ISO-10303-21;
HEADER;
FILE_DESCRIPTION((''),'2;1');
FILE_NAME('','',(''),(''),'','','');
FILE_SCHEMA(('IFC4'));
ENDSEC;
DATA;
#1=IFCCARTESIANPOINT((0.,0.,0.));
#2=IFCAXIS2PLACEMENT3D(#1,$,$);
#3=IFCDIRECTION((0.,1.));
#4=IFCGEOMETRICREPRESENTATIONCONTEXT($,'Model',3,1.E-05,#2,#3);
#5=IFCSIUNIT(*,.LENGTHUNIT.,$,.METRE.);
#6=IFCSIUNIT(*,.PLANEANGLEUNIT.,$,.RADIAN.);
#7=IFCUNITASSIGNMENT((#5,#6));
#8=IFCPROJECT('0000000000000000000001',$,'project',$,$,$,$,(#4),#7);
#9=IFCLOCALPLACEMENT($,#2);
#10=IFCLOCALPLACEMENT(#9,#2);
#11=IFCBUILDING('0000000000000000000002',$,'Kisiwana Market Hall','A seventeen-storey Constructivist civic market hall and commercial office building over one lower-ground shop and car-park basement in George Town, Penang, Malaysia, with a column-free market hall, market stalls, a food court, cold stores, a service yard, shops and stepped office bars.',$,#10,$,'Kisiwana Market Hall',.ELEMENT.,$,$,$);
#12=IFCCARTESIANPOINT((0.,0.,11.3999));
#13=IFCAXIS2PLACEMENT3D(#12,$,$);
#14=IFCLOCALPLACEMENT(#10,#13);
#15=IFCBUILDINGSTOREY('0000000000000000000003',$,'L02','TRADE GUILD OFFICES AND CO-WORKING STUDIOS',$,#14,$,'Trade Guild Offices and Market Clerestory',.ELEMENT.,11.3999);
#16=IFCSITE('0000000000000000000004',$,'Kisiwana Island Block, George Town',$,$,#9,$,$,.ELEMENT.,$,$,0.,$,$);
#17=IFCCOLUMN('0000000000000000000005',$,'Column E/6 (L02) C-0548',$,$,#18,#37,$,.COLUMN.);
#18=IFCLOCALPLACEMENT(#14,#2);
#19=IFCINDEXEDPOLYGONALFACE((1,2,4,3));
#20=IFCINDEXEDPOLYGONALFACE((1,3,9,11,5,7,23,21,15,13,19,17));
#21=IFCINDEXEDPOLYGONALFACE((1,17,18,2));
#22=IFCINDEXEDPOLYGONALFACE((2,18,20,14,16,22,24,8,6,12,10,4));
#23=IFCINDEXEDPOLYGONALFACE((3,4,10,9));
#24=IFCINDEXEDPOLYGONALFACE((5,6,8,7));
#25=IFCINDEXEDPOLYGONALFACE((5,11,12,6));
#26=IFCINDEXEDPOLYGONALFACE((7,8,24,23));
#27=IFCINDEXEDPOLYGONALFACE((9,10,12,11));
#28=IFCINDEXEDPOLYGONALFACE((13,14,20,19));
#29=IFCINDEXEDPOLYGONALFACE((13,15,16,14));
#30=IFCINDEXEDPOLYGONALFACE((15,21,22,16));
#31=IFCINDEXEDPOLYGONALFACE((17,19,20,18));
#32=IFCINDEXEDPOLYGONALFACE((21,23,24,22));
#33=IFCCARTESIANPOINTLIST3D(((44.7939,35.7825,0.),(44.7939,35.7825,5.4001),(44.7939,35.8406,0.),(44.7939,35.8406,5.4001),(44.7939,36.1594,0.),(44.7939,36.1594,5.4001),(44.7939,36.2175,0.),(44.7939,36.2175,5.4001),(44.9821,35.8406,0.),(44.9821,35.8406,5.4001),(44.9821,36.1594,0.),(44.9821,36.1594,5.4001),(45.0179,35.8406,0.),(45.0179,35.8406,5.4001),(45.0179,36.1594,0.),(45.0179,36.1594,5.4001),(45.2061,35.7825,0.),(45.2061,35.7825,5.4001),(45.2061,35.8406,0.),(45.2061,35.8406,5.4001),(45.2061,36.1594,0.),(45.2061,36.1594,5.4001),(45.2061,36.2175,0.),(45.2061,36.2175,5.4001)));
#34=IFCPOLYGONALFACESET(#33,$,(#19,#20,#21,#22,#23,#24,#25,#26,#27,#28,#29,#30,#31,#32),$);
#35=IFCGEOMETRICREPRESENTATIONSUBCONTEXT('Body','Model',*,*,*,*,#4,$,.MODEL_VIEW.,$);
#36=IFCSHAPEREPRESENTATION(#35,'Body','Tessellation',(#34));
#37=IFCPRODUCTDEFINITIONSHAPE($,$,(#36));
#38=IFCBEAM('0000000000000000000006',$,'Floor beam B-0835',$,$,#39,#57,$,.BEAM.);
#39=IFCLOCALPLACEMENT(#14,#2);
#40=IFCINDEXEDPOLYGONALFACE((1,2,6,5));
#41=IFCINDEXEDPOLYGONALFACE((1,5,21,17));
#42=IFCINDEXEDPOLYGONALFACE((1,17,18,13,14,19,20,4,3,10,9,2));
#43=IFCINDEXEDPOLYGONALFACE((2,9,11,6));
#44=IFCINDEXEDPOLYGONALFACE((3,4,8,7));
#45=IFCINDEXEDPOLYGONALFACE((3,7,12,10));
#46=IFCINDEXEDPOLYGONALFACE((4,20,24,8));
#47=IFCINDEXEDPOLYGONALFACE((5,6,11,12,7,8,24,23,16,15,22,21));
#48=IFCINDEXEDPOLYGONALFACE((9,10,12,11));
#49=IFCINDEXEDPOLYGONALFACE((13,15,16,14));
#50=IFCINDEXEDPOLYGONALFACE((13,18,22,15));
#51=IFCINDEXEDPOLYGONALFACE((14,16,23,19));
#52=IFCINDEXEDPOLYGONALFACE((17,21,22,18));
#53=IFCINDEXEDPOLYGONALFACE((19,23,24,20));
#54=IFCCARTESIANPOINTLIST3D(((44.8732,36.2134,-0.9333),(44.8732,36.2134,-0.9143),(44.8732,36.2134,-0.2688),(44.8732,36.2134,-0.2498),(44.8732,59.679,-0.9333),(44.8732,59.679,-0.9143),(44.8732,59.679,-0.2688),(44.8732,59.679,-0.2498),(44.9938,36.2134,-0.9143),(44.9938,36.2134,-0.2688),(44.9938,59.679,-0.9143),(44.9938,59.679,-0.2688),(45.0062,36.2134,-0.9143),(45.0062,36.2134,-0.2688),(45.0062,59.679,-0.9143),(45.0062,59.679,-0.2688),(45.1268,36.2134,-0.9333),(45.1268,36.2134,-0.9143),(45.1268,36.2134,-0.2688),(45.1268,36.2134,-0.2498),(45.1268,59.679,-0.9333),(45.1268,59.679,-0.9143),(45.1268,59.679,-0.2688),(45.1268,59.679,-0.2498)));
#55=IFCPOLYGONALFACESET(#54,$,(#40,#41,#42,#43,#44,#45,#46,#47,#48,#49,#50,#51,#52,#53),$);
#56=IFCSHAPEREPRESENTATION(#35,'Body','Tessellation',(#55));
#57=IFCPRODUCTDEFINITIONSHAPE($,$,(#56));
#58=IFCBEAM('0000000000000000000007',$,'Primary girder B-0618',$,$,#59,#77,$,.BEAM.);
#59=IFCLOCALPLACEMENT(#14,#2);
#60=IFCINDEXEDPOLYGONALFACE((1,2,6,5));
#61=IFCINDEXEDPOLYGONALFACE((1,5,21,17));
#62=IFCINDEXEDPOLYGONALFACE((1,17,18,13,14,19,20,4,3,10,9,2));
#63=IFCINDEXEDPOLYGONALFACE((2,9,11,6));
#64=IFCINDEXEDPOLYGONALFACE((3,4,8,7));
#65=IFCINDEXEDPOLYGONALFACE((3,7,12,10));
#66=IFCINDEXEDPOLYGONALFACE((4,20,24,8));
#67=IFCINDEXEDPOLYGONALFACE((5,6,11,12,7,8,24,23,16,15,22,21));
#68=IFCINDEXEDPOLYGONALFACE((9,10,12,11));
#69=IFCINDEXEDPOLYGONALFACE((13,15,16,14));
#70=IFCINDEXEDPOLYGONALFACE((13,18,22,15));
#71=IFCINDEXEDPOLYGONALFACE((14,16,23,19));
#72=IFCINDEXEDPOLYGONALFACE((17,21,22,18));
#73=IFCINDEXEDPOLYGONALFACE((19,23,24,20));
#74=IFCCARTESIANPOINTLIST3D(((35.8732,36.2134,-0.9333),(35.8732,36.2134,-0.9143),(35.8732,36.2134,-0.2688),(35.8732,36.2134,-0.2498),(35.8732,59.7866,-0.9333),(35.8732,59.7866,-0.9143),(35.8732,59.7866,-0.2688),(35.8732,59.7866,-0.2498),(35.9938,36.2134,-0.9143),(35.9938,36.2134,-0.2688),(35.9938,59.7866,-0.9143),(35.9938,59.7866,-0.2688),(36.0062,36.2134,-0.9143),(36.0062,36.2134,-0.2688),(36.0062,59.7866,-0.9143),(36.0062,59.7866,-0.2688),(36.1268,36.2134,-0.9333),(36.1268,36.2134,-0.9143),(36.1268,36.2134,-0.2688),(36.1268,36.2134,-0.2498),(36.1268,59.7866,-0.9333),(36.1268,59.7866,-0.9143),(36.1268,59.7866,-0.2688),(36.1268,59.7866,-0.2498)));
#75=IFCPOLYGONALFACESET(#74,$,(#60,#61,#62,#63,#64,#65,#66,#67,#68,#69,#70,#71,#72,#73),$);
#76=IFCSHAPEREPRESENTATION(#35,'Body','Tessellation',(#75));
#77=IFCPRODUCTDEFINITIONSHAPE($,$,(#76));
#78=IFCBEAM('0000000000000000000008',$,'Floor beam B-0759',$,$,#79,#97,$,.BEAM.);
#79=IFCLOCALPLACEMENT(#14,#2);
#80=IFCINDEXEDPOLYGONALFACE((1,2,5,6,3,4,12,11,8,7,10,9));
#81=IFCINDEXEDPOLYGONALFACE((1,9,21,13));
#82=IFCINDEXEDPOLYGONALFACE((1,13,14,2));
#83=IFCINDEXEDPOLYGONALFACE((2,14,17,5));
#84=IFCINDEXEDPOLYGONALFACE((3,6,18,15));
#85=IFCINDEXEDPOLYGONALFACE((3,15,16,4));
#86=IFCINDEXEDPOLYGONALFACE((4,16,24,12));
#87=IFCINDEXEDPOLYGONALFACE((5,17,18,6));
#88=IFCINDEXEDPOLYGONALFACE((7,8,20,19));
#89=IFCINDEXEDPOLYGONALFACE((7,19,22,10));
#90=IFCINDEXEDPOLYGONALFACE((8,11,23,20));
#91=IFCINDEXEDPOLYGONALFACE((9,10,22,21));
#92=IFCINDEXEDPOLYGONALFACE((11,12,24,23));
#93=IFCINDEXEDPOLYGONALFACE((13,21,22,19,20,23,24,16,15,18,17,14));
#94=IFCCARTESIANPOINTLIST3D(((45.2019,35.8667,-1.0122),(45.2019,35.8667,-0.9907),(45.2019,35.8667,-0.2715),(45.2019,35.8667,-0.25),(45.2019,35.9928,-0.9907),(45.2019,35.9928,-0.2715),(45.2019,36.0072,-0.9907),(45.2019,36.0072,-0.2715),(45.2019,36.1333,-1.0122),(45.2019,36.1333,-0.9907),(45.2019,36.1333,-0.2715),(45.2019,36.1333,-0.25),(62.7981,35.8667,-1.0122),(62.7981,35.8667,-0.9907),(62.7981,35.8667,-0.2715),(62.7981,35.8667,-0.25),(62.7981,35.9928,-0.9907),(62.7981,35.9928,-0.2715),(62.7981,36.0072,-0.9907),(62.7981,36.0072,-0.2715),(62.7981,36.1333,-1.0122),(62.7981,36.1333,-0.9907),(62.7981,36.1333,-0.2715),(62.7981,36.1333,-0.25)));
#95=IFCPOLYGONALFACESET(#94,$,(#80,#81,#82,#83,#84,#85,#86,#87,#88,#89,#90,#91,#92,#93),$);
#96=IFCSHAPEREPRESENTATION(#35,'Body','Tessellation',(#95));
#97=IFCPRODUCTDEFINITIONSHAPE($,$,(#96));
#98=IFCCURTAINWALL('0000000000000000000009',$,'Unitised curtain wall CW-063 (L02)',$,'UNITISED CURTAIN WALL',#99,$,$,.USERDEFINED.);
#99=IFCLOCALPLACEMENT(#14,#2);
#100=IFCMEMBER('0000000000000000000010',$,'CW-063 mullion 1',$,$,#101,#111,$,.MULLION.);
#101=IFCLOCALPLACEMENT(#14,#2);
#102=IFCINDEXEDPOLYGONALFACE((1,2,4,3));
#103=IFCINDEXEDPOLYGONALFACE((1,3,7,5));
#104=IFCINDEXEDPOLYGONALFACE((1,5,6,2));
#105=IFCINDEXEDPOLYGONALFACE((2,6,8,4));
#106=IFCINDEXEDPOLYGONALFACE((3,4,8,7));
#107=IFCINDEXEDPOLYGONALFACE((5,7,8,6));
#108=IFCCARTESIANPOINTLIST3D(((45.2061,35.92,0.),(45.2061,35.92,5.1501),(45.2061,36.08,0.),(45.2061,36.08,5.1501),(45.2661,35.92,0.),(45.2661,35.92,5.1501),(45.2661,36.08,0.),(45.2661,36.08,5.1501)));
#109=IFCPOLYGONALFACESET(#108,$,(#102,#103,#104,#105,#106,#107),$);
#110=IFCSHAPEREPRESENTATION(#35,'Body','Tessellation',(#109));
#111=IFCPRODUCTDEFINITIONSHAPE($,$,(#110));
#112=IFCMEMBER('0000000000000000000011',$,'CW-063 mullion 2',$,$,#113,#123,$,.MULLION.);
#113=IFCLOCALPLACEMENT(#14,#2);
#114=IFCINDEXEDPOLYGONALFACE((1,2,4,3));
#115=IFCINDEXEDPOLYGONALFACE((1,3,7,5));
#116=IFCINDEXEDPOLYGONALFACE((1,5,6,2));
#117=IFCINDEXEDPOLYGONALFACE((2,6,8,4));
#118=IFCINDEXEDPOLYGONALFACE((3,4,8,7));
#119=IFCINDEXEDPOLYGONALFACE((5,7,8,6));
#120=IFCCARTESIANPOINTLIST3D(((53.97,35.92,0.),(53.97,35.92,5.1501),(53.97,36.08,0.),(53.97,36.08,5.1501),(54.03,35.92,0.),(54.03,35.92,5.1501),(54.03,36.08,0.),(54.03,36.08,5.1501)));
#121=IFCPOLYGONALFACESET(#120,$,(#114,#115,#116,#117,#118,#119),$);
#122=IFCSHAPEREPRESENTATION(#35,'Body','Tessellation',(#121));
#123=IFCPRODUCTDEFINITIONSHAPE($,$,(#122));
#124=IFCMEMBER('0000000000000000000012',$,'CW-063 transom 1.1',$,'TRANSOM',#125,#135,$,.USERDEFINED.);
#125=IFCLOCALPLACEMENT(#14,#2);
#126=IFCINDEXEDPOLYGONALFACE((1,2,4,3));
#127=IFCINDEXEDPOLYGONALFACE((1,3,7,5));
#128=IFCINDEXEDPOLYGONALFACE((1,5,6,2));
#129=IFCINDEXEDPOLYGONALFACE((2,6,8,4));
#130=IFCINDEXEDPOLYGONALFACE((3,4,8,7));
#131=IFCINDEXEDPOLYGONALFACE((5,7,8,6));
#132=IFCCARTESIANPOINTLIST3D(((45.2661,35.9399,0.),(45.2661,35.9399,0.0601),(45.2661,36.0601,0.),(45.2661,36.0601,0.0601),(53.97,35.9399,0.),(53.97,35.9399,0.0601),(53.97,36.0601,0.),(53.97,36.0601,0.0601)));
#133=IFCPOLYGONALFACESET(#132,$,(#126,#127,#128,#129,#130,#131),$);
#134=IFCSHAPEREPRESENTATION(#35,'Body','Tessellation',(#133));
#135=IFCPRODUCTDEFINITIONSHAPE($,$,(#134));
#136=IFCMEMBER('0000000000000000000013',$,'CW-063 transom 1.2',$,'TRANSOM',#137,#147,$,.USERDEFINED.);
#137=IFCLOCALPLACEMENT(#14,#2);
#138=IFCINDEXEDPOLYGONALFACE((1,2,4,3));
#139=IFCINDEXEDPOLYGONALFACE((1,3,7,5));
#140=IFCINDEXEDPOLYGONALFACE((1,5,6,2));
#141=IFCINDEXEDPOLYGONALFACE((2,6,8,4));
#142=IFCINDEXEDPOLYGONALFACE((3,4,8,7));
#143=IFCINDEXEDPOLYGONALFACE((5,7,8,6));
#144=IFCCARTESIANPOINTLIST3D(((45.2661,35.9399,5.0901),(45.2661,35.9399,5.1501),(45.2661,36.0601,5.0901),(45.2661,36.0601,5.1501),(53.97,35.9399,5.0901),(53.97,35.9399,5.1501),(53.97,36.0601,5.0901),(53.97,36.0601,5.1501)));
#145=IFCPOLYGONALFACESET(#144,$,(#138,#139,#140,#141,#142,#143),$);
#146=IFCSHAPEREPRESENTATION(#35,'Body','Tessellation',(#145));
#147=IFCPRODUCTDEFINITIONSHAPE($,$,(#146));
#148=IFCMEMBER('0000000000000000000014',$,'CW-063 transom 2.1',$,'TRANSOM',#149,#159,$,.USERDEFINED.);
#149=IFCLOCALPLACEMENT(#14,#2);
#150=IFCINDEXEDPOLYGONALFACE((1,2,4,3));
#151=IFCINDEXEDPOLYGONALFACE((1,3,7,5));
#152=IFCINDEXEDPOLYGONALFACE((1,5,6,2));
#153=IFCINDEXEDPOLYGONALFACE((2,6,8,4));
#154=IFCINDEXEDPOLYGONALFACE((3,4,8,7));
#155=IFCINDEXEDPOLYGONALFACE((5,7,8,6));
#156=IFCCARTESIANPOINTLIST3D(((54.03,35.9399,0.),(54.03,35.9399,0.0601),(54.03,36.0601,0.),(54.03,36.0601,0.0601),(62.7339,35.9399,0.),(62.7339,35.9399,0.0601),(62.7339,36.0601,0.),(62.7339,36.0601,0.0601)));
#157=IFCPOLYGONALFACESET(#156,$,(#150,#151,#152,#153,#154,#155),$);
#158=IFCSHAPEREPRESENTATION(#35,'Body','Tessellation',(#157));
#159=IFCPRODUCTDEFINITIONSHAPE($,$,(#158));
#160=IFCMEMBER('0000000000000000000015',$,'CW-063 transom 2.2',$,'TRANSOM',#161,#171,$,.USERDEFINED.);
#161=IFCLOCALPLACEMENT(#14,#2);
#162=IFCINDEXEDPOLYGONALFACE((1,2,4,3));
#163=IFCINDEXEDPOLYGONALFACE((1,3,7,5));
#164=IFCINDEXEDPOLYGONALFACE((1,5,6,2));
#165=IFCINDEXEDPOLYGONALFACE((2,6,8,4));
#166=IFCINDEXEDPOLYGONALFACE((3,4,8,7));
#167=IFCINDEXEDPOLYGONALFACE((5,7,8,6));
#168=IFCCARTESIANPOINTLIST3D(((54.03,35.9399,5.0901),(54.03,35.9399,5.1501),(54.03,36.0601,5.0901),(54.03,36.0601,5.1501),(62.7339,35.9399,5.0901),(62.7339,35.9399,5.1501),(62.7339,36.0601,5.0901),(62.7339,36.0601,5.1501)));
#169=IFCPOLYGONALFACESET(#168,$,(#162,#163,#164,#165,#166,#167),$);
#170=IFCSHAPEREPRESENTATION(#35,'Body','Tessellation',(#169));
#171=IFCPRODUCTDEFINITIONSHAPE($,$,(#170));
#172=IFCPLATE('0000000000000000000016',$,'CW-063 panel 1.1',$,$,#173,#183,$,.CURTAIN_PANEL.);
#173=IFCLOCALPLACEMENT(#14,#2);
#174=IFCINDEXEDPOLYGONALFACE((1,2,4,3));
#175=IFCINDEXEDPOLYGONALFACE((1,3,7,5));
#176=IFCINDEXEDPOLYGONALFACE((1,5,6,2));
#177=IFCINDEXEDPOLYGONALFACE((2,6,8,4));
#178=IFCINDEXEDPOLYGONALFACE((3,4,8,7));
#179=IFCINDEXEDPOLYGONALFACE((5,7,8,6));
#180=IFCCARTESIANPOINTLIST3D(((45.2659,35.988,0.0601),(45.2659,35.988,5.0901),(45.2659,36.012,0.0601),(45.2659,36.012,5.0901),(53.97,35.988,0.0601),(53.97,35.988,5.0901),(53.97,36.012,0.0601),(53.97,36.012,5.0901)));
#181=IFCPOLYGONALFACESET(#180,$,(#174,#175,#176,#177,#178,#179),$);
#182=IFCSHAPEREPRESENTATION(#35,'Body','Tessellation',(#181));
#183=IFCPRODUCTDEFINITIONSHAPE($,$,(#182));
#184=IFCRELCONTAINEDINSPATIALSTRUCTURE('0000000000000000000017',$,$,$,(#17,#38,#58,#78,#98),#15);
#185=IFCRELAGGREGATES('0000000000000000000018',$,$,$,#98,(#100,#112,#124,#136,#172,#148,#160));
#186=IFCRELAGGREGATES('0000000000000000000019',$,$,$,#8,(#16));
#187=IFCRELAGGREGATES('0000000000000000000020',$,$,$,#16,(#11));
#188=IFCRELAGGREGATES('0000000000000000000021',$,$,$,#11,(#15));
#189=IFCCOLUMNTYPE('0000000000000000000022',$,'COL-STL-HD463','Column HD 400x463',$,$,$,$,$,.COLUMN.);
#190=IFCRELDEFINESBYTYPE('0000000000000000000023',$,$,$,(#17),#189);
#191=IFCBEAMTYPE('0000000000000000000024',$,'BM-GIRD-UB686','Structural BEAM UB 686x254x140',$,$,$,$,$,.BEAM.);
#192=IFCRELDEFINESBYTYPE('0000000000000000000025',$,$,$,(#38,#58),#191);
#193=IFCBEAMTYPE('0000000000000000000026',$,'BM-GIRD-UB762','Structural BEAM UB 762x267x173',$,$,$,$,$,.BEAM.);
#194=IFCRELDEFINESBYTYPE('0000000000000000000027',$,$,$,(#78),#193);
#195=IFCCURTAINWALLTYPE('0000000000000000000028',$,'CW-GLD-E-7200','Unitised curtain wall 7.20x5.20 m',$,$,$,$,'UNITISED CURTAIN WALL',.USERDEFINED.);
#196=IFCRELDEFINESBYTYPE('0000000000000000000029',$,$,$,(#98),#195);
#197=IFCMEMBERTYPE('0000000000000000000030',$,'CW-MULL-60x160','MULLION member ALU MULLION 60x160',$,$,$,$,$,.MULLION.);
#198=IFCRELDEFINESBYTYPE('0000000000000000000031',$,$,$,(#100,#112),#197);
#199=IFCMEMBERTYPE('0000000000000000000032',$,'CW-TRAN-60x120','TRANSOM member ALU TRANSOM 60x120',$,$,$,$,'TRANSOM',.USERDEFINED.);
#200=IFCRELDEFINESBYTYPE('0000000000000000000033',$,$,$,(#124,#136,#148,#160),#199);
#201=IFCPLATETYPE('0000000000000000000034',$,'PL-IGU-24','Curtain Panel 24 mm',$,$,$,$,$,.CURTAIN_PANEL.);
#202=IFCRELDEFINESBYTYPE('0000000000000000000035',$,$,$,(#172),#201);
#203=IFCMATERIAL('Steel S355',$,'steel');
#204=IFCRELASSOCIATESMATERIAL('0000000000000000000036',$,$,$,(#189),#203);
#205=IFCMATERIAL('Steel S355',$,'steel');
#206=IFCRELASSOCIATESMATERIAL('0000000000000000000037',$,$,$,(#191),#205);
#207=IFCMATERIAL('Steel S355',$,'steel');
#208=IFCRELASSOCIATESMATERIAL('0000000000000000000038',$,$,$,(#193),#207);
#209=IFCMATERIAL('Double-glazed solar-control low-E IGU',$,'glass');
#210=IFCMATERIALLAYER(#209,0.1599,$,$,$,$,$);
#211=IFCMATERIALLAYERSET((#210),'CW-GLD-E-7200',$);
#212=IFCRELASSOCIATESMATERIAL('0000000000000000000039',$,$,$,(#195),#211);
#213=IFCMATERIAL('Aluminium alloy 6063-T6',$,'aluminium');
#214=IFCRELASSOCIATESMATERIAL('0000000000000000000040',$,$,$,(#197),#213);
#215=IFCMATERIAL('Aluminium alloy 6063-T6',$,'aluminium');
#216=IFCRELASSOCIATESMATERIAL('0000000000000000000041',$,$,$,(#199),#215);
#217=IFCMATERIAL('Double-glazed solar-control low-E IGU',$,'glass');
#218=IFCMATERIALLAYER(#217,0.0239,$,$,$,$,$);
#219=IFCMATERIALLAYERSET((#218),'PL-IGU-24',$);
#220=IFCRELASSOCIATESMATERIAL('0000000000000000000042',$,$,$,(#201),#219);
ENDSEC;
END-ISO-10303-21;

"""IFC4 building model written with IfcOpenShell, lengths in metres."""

from ifc_helpers import new_model, si_unit, direction, frame, origin, origin_2d, place, context, subcontext, project, spatial, rectangle, i_section, extrude, material, layer, layer_set, material_profile, profile_set, type_object, element, aggregate, save


model = new_model("IFC4")

# Units and contexts
model_context = context("Model", 3, precision=1e-05, world=origin(), true_north=direction((0.0, 1.0)))
body_context = subcontext(model_context, "Body", "Model", "MODEL_VIEW")
ifc_project = project(units=[si_unit("LENGTHUNIT", "METRE"), si_unit("PLANEANGLEUNIT", "RADIAN")], contexts=[model_context])

# Site, building, storey
site_placement = place(None, origin())
site = spatial("IfcSite", under=ifc_project, at=site_placement, Name="Kisiwana Island Block, George Town", CompositionType="ELEMENT", RefElevation=0.0)
building_placement = place(site_placement, origin())
building = spatial("IfcBuilding", under=site, at=building_placement, Name="Kisiwana Market Hall", Description="A seventeen-storey Constructivist civic market hall and commercial office building over one lower-ground shop and car-park basement in George Town, Penang, Malaysia, with a column-free market hall, market stalls, a food court, cold stores, a service yard, shops and stepped office bars.", LongName="Kisiwana Market Hall", CompositionType="ELEMENT")
storey_placement = place(building_placement, frame((0.0, 0.0, 11.3999)))
storey = spatial("IfcBuildingStorey", under=building, at=storey_placement, Name="L02", Description="TRADE GUILD OFFICES AND CO-WORKING STUDIOS", LongName="Trade Guild Offices and Market Clerestory", CompositionType="ELEMENT", Elevation=11.3999)

# Column
ifc_material_1 = material(Name="Steel S355", Category="steel")
ifc_material_profile_1 = material_profile(ifc_material_1, i_section(OverallWidth=0.4121, OverallDepth=0.4351, WebThickness=0.0359, FlangeThickness=0.0581, at=origin_2d()), Name="HD 400x463")
ifc_profile_set_1 = profile_set([ifc_material_profile_1], Name="Steel S355")
column_type = type_object("IfcColumnType", Name="COL-STL-HD463", Description="Column HD 400x463", PredefinedType="COLUMN", material=ifc_profile_set_1)
column_placement = place(storey_placement, frame((45.0, 36.0, 0.0), z_axis=(0.0, 0.0, 1.0), x_axis=(1.0, 0.0, 0.0)))
element("IfcColumn", 1, at=column_placement, inside=storey, type_object=column_type, Name="Column E/6 (L02) C-0548", PredefinedType="COLUMN", context=body_context, shape_type="SweptSolid", body=[
    extrude(i_section(OverallWidth=0.4121, OverallDepth=0.4351, WebThickness=0.0359, FlangeThickness=0.0581, at=origin_2d()), origin(), (0.0, 0.0, 1.0), 5.4001),
])

# Beams
ifc_material_2 = material(Name="Steel S355", Category="steel")
ifc_material_profile_2 = material_profile(ifc_material_2, i_section(OverallWidth=0.2537, OverallDepth=0.6836, WebThickness=0.0125, FlangeThickness=0.019, at=origin_2d()), Name="UB 686x254x140")
ifc_profile_set_2 = profile_set([ifc_material_profile_2], Name="Steel S355")
beam_type_1 = type_object("IfcBeamType", Name="BM-GIRD-UB686", Description="Structural BEAM UB 686x254x140", PredefinedType="BEAM", material=ifc_profile_set_2)
beam_1_placement = place(storey_placement, frame((45.0, 36.2134, -0.5916), z_axis=(0.0, 1.0, 0.0), x_axis=(-1.0, 0.0, 0.0)))
element("IfcBeam", 2, at=beam_1_placement, inside=storey, type_object=beam_type_1, Name="Floor beam B-0835", PredefinedType="BEAM", context=body_context, shape_type="SweptSolid", body=[
    extrude(i_section(OverallWidth=0.2537, OverallDepth=0.6836, WebThickness=0.0125, FlangeThickness=0.019, at=origin_2d()), origin(), (0.0, 0.0, 1.0), 23.4656),
])
beam_2_placement = place(storey_placement, frame((36.0, 36.2134, -0.5916), z_axis=(0.0, 1.0, 0.0), x_axis=(-1.0, 0.0, 0.0)))
element("IfcBeam", 3, at=beam_2_placement, inside=storey, type_object=beam_type_1, Name="Primary girder B-0618", PredefinedType="BEAM", context=body_context, shape_type="SweptSolid", body=[
    extrude(i_section(OverallWidth=0.2537, OverallDepth=0.6836, WebThickness=0.0125, FlangeThickness=0.019, at=origin_2d()), origin(), (0.0, 0.0, 1.0), 23.5732),
])
ifc_material_3 = material(Name="Steel S355", Category="steel")
ifc_material_profile_3 = material_profile(ifc_material_3, i_section(OverallWidth=0.2666, OverallDepth=0.7622, WebThickness=0.0144, FlangeThickness=0.0215, at=origin_2d()), Name="UB 762x267x173")
ifc_profile_set_3 = profile_set([ifc_material_profile_3], Name="Steel S355")
beam_type_2 = type_object("IfcBeamType", Name="BM-GIRD-UB762", Description="Structural BEAM UB 762x267x173", PredefinedType="BEAM", material=ifc_profile_set_3)
beam_3_placement = place(storey_placement, frame((45.2019, 36.0, -0.6311), z_axis=(1.0, 0.0, 0.0), x_axis=(0.0, 1.0, 0.0)))
element("IfcBeam", 4, at=beam_3_placement, inside=storey, type_object=beam_type_2, Name="Floor beam B-0759", PredefinedType="BEAM", context=body_context, shape_type="SweptSolid", body=[
    extrude(i_section(OverallWidth=0.2666, OverallDepth=0.7622, WebThickness=0.0144, FlangeThickness=0.0215, at=origin_2d()), origin(), (0.0, 0.0, 1.0), 17.5962),
])

# Curtain wall, members, plate
ifc_material_4 = material(Name="Double-glazed solar-control low-E IGU", Category="glass")
ifc_layer_1 = layer(ifc_material_4, 0.1599)
ifc_layer_set_1 = layer_set([ifc_layer_1], Name="CW-GLD-E-7200")
curtain_wall_type = type_object("IfcCurtainWallType", Name="CW-GLD-E-7200", Description="Unitised curtain wall 7.20x5.20 m", ElementType="UNITISED CURTAIN WALL", PredefinedType="USERDEFINED", material=ifc_layer_set_1)
curtain_wall_placement = place(storey_placement, origin())
curtain_wall = element("IfcCurtainWall", 5, at=curtain_wall_placement, inside=storey, type_object=curtain_wall_type, Name="Unitised curtain wall CW-063 (L02)", ObjectType="UNITISED CURTAIN WALL", PredefinedType="USERDEFINED")
ifc_material_5 = material(Name="Aluminium alloy 6063-T6", Category="aluminium")
ifc_material_profile_4 = material_profile(ifc_material_5, rectangle(XDim=0.0601, YDim=0.1599, at=origin_2d()), Name="ALU MULLION 60x160")
ifc_profile_set_4 = profile_set([ifc_material_profile_4], Name="Aluminium alloy 6063-T6")
member_type_1 = type_object("IfcMemberType", Name="CW-MULL-60x160", Description="MULLION member ALU MULLION 60x160", PredefinedType="MULLION", material=ifc_profile_set_4)
member_1_placement = place(storey_placement, frame((45.2361, 36.0, 0.0), z_axis=(0.0, 0.0, 1.0), x_axis=(1.0, 0.0, 0.0)))
member_1 = element("IfcMember", 6, at=member_1_placement, type_object=member_type_1, Name="CW-063 mullion 1", PredefinedType="MULLION", context=body_context, shape_type="SweptSolid", body=[
    extrude(rectangle(XDim=0.0601, YDim=0.1599, at=origin_2d()), origin(), (0.0, 0.0, 1.0), 5.1501),
])
member_2_placement = place(storey_placement, frame((54.0, 36.0, 0.0), z_axis=(0.0, 0.0, 1.0), x_axis=(1.0, 0.0, 0.0)))
member_2 = element("IfcMember", 7, at=member_2_placement, type_object=member_type_1, Name="CW-063 mullion 2", PredefinedType="MULLION", context=body_context, shape_type="SweptSolid", body=[
    extrude(rectangle(XDim=0.0601, YDim=0.1599, at=origin_2d()), origin(), (0.0, 0.0, 1.0), 5.1501),
])
ifc_material_6 = material(Name="Aluminium alloy 6063-T6", Category="aluminium")
ifc_material_profile_5 = material_profile(ifc_material_6, rectangle(XDim=0.1201, YDim=0.0601, at=origin_2d()), Name="ALU TRANSOM 60x120")
ifc_profile_set_5 = profile_set([ifc_material_profile_5], Name="Aluminium alloy 6063-T6")
member_type_2 = type_object("IfcMemberType", Name="CW-TRAN-60x120", Description="TRANSOM member ALU TRANSOM 60x120", ElementType="TRANSOM", PredefinedType="USERDEFINED", material=ifc_profile_set_5)
member_3_placement = place(storey_placement, frame((45.2661, 36.0, 0.03), z_axis=(1.0, 0.0, 0.0), x_axis=(0.0, 1.0, 0.0)))
member_3 = element("IfcMember", 8, at=member_3_placement, type_object=member_type_2, Name="CW-063 transom 1.1", ObjectType="TRANSOM", PredefinedType="USERDEFINED", context=body_context, shape_type="SweptSolid", body=[
    extrude(rectangle(XDim=0.1201, YDim=0.0601, at=origin_2d()), origin(), (0.0, 0.0, 1.0), 8.7039),
])
member_4_placement = place(storey_placement, frame((45.2661, 36.0, 5.1201), z_axis=(1.0, 0.0, 0.0), x_axis=(0.0, 1.0, 0.0)))
member_4 = element("IfcMember", 9, at=member_4_placement, type_object=member_type_2, Name="CW-063 transom 1.2", ObjectType="TRANSOM", PredefinedType="USERDEFINED", context=body_context, shape_type="SweptSolid", body=[
    extrude(rectangle(XDim=0.1201, YDim=0.0601, at=origin_2d()), origin(), (0.0, 0.0, 1.0), 8.7039),
])
member_5_placement = place(storey_placement, frame((54.03, 36.0, 0.03), z_axis=(1.0, 0.0, 0.0), x_axis=(0.0, 1.0, 0.0)))
member_5 = element("IfcMember", 10, at=member_5_placement, type_object=member_type_2, Name="CW-063 transom 2.1", ObjectType="TRANSOM", PredefinedType="USERDEFINED", context=body_context, shape_type="SweptSolid", body=[
    extrude(rectangle(XDim=0.1201, YDim=0.0601, at=origin_2d()), origin(), (0.0, 0.0, 1.0), 8.7039),
])
member_6_placement = place(storey_placement, frame((54.03, 36.0, 5.1201), z_axis=(1.0, 0.0, 0.0), x_axis=(0.0, 1.0, 0.0)))
member_6 = element("IfcMember", 11, at=member_6_placement, type_object=member_type_2, Name="CW-063 transom 2.2", ObjectType="TRANSOM", PredefinedType="USERDEFINED", context=body_context, shape_type="SweptSolid", body=[
    extrude(rectangle(XDim=0.1201, YDim=0.0601, at=origin_2d()), origin(), (0.0, 0.0, 1.0), 8.7039),
])
ifc_material_7 = material(Name="Double-glazed solar-control low-E IGU", Category="glass")
ifc_layer_2 = layer(ifc_material_7, 0.0239)
ifc_layer_set_2 = layer_set([ifc_layer_2], Name="PL-IGU-24")
plate_type = type_object("IfcPlateType", Name="PL-IGU-24", Description="Curtain Panel 24 mm", PredefinedType="CURTAIN_PANEL", material=ifc_layer_set_2)
plate_placement = place(storey_placement, frame((49.6179, 36.0, 0.0601), z_axis=(0.0, 0.0, 1.0), x_axis=(1.0, 0.0, 0.0)))
plate = element("IfcPlate", 12, at=plate_placement, type_object=plate_type, Name="CW-063 panel 1.1", PredefinedType="CURTAIN_PANEL", context=body_context, shape_type="SweptSolid", body=[
    extrude(rectangle(XDim=8.7041, YDim=0.0239, at=origin_2d()), origin(), (0.0, 0.0, 1.0), 5.03),
])
aggregate(curtain_wall, [member_1, member_2, member_3, member_4, plate, member_5, member_6])

save(model, "model.ifc")
